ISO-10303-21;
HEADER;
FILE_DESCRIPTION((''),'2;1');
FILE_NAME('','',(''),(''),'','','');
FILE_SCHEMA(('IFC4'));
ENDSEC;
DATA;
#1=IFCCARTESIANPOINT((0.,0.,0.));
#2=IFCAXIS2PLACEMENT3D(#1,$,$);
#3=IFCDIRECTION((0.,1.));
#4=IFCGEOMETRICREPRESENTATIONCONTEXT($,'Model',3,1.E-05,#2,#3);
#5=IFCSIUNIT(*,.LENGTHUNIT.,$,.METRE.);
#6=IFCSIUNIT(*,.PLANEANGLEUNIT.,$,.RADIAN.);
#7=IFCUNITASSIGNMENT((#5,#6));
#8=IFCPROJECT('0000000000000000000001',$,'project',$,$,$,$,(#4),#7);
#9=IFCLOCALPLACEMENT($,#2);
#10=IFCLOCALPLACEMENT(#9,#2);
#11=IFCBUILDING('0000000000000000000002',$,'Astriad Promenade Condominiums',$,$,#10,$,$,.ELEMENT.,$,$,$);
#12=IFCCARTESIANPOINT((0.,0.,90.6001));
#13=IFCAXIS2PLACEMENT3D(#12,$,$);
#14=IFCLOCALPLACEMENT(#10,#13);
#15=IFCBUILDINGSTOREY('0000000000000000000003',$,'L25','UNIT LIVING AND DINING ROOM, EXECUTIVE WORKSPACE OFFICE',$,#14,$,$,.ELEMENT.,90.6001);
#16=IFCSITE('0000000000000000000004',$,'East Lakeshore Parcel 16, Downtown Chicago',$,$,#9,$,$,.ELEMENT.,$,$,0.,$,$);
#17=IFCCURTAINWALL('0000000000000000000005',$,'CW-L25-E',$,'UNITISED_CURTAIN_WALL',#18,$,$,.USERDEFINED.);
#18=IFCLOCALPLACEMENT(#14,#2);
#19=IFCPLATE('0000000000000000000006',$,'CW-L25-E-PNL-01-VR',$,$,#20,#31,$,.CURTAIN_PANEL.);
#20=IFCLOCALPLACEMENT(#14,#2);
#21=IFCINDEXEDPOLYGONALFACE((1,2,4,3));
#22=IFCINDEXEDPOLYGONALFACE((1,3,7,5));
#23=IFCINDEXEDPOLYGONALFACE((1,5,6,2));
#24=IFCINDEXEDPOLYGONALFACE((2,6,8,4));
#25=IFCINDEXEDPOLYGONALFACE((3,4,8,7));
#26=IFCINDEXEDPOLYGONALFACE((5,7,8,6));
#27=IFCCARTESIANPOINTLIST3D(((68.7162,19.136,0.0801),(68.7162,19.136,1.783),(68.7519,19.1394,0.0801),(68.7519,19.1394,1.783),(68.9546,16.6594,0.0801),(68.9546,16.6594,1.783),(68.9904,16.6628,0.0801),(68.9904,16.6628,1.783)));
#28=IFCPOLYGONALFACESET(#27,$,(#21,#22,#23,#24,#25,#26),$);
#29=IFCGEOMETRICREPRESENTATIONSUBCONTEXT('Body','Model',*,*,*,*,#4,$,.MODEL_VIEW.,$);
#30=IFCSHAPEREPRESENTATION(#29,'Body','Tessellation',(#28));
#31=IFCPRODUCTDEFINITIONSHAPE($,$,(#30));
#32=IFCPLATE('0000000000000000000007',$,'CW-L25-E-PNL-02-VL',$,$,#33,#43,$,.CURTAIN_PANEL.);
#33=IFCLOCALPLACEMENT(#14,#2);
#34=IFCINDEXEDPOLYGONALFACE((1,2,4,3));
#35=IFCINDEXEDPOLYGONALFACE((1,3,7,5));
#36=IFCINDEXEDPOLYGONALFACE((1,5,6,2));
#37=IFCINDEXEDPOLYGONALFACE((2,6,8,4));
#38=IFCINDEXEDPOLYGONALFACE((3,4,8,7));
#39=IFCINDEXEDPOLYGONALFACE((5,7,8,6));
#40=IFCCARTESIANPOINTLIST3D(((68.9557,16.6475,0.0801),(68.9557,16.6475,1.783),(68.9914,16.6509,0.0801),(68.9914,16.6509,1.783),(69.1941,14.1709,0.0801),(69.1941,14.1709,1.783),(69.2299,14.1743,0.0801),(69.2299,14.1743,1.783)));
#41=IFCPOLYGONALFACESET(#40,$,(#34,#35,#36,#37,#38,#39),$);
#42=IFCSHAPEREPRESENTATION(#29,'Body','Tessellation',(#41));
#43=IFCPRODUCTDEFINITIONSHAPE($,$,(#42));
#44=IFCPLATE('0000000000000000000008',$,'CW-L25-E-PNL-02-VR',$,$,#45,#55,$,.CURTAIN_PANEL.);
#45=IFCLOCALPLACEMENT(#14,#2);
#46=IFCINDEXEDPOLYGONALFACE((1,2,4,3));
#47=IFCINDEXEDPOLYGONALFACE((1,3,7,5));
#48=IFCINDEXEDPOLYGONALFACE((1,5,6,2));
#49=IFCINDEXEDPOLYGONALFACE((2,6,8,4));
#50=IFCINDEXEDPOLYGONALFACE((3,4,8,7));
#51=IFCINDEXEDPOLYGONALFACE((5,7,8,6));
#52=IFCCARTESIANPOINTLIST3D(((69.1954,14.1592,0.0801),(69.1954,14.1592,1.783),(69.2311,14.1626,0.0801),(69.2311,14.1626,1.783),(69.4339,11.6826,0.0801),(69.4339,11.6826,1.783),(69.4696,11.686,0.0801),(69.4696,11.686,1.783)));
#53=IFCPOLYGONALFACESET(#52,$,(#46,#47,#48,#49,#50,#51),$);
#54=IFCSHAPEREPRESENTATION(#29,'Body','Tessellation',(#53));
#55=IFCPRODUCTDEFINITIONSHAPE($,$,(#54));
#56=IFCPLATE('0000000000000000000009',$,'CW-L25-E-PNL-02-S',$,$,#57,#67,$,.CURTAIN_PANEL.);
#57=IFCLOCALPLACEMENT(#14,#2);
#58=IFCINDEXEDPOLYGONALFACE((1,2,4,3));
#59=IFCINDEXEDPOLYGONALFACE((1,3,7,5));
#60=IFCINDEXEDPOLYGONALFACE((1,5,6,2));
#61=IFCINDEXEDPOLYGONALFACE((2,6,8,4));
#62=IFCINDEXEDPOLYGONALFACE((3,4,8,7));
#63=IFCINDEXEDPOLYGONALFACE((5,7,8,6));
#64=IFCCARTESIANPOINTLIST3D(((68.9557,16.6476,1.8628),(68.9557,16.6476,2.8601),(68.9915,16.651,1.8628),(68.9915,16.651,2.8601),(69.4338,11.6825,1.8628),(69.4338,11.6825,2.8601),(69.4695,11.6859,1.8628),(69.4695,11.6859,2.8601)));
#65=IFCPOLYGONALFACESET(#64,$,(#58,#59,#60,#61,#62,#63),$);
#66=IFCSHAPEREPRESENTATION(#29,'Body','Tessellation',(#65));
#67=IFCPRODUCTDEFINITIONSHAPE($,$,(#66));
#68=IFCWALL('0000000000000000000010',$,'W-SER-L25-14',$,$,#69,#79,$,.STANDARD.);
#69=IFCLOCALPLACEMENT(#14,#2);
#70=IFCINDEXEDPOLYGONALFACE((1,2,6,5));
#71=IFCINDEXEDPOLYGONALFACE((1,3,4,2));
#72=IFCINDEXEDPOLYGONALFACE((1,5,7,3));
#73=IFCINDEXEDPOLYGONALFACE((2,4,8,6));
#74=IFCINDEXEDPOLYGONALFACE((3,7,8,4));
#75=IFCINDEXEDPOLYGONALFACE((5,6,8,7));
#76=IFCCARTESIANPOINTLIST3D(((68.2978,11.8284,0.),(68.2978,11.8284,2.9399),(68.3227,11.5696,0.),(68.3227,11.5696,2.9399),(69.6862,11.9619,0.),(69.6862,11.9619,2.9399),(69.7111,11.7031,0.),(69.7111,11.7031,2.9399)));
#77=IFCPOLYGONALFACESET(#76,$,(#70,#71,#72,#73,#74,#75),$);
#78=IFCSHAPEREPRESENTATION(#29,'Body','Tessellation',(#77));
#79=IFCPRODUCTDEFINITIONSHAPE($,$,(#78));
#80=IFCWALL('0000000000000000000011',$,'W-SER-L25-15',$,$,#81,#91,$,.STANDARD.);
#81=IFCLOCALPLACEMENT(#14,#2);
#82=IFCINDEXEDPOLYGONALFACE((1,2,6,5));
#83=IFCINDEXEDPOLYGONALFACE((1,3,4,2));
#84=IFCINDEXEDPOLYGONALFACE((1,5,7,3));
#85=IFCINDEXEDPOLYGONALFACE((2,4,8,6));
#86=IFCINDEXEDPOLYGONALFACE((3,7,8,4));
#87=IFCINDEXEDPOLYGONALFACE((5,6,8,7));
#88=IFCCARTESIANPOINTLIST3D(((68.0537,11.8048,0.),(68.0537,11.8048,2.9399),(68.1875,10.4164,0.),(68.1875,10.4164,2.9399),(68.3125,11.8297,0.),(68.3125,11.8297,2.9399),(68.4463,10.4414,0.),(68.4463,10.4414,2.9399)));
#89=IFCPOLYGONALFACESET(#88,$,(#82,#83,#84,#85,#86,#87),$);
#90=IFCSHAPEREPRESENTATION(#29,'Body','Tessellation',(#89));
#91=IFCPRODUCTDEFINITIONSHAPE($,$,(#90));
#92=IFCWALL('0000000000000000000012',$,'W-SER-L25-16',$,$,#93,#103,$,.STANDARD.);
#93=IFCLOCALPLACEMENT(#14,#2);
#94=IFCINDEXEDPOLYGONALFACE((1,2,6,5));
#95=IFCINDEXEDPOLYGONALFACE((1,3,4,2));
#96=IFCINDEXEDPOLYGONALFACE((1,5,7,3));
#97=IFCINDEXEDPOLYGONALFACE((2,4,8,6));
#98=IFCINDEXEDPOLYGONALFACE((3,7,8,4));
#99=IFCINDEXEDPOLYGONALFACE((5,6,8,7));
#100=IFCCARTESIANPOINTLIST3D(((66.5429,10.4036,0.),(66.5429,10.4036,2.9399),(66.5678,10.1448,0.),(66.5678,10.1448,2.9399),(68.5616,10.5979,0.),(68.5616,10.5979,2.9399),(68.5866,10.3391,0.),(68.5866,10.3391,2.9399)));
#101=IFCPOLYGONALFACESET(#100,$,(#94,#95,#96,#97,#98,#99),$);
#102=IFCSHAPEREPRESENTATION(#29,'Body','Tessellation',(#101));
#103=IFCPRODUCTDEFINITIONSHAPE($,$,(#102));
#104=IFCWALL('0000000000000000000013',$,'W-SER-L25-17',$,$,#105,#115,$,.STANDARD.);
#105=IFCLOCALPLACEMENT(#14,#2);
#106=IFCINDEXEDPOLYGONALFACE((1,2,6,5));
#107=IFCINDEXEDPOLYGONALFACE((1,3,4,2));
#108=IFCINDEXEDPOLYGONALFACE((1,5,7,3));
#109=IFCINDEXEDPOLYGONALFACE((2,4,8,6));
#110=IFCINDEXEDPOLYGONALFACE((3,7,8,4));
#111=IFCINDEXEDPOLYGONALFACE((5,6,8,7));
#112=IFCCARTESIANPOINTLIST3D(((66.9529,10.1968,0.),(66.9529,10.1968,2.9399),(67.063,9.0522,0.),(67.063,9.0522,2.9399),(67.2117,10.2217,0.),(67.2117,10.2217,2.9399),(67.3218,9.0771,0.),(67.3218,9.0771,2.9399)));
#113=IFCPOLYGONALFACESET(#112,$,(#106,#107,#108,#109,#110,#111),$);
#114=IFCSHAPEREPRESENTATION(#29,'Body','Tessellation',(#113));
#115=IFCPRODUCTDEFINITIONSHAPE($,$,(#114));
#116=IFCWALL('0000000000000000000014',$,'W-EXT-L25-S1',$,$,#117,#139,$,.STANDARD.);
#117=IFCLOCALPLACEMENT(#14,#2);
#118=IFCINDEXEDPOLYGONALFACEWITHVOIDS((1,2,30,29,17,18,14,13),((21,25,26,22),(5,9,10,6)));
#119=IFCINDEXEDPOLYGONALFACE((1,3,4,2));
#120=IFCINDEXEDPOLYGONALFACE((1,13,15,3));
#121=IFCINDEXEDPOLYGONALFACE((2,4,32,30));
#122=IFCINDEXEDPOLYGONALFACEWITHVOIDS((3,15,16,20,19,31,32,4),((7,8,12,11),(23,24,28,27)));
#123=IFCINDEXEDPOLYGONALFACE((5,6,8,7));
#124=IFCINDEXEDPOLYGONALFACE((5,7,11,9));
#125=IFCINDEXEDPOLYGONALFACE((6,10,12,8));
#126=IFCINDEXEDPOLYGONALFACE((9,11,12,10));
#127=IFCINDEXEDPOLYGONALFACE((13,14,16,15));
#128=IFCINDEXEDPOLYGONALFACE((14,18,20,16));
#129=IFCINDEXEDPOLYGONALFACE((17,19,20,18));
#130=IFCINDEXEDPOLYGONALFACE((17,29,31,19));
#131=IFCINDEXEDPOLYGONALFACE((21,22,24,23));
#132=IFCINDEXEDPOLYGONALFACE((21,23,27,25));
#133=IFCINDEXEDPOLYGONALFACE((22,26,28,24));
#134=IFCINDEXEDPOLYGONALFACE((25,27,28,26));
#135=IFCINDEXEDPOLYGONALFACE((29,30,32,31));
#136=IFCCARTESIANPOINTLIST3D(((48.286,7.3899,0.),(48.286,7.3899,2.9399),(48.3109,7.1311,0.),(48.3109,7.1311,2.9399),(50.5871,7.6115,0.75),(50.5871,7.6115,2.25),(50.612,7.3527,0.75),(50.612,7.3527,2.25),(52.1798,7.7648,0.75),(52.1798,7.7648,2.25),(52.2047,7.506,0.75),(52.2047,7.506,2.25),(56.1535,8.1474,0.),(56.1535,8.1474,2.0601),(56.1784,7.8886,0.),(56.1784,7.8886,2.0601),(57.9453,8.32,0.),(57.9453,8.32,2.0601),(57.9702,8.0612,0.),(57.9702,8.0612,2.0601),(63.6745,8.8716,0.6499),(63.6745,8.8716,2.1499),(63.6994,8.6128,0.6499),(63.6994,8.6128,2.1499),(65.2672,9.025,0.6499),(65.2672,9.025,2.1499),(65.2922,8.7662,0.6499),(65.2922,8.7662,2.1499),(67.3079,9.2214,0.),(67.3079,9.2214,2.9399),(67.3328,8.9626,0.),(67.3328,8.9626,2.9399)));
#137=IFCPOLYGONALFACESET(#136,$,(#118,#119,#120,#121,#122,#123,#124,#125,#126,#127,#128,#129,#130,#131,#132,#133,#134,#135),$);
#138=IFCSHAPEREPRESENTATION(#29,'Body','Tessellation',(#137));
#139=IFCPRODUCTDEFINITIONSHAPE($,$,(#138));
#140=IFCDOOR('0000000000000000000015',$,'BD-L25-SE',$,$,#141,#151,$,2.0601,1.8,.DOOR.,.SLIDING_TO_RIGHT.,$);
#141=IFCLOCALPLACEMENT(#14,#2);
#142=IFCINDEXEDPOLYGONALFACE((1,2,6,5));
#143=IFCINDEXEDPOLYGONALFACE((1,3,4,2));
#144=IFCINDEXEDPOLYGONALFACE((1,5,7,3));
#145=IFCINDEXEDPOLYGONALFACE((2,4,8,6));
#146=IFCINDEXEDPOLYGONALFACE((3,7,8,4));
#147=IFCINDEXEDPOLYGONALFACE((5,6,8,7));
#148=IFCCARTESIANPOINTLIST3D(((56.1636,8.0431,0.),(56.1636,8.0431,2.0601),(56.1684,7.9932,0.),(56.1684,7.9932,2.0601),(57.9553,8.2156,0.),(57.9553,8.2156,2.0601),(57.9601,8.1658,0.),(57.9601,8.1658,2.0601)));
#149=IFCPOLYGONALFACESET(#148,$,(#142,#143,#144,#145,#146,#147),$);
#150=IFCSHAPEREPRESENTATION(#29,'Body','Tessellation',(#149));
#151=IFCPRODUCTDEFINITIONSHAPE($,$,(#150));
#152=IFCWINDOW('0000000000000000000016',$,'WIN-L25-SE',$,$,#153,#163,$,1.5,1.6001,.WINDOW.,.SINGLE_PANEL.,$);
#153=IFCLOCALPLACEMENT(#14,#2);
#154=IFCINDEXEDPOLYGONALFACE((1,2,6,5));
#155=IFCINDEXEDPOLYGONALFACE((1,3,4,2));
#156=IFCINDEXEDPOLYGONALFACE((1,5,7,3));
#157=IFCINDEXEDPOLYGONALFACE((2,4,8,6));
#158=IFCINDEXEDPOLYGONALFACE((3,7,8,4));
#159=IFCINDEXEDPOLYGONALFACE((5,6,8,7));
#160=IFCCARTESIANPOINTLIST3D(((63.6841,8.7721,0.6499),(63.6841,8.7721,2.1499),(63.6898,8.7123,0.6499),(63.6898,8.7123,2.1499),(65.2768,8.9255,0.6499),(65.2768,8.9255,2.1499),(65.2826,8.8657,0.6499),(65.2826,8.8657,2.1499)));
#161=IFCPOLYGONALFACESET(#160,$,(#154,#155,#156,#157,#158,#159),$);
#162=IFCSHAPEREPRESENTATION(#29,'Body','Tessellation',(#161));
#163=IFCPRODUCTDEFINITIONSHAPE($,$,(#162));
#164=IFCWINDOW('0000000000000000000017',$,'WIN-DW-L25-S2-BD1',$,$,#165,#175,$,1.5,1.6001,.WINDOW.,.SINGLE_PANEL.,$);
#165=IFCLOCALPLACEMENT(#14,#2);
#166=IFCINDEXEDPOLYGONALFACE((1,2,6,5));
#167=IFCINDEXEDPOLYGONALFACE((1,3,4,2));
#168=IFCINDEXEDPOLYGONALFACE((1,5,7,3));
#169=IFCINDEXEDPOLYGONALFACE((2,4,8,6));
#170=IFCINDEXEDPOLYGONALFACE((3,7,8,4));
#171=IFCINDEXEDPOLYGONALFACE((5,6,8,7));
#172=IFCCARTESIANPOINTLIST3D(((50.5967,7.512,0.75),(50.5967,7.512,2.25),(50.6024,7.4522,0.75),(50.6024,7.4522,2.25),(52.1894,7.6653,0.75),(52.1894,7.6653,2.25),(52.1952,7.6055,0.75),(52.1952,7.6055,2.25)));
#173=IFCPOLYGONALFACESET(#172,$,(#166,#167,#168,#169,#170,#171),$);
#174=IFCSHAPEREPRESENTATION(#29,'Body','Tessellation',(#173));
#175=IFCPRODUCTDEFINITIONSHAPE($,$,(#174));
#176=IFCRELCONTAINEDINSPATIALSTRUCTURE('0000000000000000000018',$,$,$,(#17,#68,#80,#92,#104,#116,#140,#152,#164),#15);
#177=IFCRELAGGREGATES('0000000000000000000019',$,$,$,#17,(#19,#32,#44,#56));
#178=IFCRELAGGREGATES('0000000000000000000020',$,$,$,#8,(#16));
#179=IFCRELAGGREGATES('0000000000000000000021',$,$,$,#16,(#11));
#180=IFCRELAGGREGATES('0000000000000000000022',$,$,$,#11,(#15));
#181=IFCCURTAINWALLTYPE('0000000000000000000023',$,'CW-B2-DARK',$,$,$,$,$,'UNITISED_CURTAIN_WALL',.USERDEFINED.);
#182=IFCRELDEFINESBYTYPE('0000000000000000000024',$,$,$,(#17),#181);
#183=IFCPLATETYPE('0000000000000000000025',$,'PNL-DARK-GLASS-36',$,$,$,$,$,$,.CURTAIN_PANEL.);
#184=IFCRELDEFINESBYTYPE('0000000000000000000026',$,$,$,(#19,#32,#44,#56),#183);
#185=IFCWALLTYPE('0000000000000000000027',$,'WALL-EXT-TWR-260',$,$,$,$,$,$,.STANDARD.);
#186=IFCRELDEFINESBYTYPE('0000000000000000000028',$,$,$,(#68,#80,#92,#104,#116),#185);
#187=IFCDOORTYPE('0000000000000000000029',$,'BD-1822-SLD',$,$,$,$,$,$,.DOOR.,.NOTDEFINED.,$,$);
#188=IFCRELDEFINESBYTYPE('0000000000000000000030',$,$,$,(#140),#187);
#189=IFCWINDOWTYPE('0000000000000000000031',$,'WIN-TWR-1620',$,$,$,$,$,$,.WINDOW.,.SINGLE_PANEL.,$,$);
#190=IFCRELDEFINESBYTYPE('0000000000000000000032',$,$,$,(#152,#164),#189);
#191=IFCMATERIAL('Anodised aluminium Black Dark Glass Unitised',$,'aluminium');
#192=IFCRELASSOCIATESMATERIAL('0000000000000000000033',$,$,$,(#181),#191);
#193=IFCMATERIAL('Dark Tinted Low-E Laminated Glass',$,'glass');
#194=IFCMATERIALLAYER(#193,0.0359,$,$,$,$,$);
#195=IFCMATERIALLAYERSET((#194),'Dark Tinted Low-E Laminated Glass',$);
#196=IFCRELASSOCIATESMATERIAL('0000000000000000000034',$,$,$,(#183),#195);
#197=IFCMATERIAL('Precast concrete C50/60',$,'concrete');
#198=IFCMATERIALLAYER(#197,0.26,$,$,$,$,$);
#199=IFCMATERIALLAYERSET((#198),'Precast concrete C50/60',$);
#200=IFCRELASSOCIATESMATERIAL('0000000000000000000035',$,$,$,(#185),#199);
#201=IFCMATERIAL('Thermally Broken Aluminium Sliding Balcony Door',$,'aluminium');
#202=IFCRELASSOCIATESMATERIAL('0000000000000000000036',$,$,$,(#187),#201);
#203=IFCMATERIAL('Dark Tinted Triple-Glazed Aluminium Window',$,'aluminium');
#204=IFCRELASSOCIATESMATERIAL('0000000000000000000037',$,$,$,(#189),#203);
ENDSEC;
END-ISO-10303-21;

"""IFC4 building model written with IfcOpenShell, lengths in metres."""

from ifc_helpers import new_model, si_unit, direction, frame, frame_2d, origin, origin_2d, place, context, subcontext, project, spatial, rectangle, extrude, source, transform, mapped, material, layer, layer_set, type_object, type_shapes, element, fill, aggregate, save


model = new_model("IFC4")

# Units and contexts
model_context = context("Model", 3, precision=1e-05, world=origin(), true_north=direction((0.0, 1.0)))
body_context = subcontext(model_context, "Body", "Model", "MODEL_VIEW")
ifc_project = project(units=[si_unit("LENGTHUNIT", "METRE"), si_unit("PLANEANGLEUNIT", "RADIAN")], contexts=[model_context])

# Site, building, storey
site_placement = place(None, origin())
site = spatial("IfcSite", under=ifc_project, at=site_placement, Name="East Lakeshore Parcel 16, Downtown Chicago", CompositionType="ELEMENT", RefElevation=0.0)
building_placement = place(site_placement, origin())
building = spatial("IfcBuilding", under=site, at=building_placement, Name="Astriad Promenade Condominiums", CompositionType="ELEMENT")
storey_placement = place(building_placement, frame((0.0, 0.0, 90.6001)))
storey = spatial("IfcBuildingStorey", under=building, at=storey_placement, Name="L25", Description="UNIT LIVING AND DINING ROOM, EXECUTIVE WORKSPACE OFFICE", CompositionType="ELEMENT", Elevation=90.6001)

# Curtain wall, plates
ifc_material_1 = material(Name="Anodised aluminium Black Dark Glass Unitised", Category="aluminium")
curtain_wall_type = type_object("IfcCurtainWallType", Name="CW-B2-DARK", ElementType="UNITISED_CURTAIN_WALL", PredefinedType="USERDEFINED", material=ifc_material_1)
curtain_wall_placement = place(storey_placement, origin())
curtain_wall = element("IfcCurtainWall", 1, at=curtain_wall_placement, inside=storey, type_object=curtain_wall_type, Name="CW-L25-E", ObjectType="UNITISED_CURTAIN_WALL", PredefinedType="USERDEFINED")
ifc_material_2 = material(Name="Dark Tinted Low-E Laminated Glass", Category="glass")
ifc_layer_1 = layer(ifc_material_2, 0.0359)
ifc_layer_set_1 = layer_set([ifc_layer_1], Name="Dark Tinted Low-E Laminated Glass")
plate_type = type_object("IfcPlateType", Name="PNL-DARK-GLASS-36", PredefinedType="CURTAIN_PANEL", material=ifc_layer_set_1)
shared_shape_1 = source(origin(), body_context, "Body", "SweptSolid", [
    extrude(rectangle(XDim=2.488, YDim=0.0359, at=origin_2d()), origin(), (0.0, 0.0, 1.0), 1.7029),
])
plate_1_placement = place(storey_placement, frame((68.8533, 17.8994, 0.0801), z_axis=(0.0, 0.0, 1.0), x_axis=(0.095846, -0.995396, 0.0)))
plate_1 = element("IfcPlate", 2, at=plate_1_placement, type_object=plate_type, Name="CW-L25-E-PNL-01-VR", PredefinedType="CURTAIN_PANEL", context=body_context, shape_type="MappedRepresentation", body=[
    mapped(shared_shape_1, transform((0.0, 0.0, 0.0), scale=1.0)),
])
plate_2_placement = place(storey_placement, frame((69.0928, 15.4109, 0.0801), z_axis=(0.0, 0.0, 1.0), x_axis=(0.095846, -0.995396, 0.0)))
plate_2 = element("IfcPlate", 3, at=plate_2_placement, type_object=plate_type, Name="CW-L25-E-PNL-02-VL", PredefinedType="CURTAIN_PANEL", context=body_context, shape_type="MappedRepresentation", body=[
    mapped(shared_shape_1, transform((0.0, 0.0, 0.0), scale=1.0)),
])
plate_3_placement = place(storey_placement, frame((69.3325, 12.9226, 0.0801), z_axis=(0.0, 0.0, 1.0), x_axis=(0.095846, -0.995396, 0.0)))
plate_3 = element("IfcPlate", 4, at=plate_3_placement, type_object=plate_type, Name="CW-L25-E-PNL-02-VR", PredefinedType="CURTAIN_PANEL", context=body_context, shape_type="MappedRepresentation", body=[
    mapped(shared_shape_1, transform((0.0, 0.0, 0.0), scale=1.0)),
])
shared_shape_2 = source(origin(), body_context, "Body", "SweptSolid", [
    extrude(rectangle(XDim=4.988, YDim=0.0359, at=origin_2d()), origin(), (0.0, 0.0, 1.0), 0.9973),
])
type_shapes(plate_type, [shared_shape_1, shared_shape_2])
plate_4_placement = place(storey_placement, frame((69.2126, 14.1667, 1.8628), z_axis=(0.0, 0.0, 1.0), x_axis=(0.095846, -0.995396, 0.0)))
plate_4 = element("IfcPlate", 5, at=plate_4_placement, type_object=plate_type, Name="CW-L25-E-PNL-02-S", PredefinedType="CURTAIN_PANEL", context=body_context, shape_type="MappedRepresentation", body=[
    mapped(shared_shape_2, transform((0.0, 0.0, 0.0), scale=1.0)),
])
aggregate(curtain_wall, [plate_1, plate_2, plate_3, plate_4])

# Walls
ifc_material_3 = material(Name="Precast concrete C50/60", Category="concrete")
ifc_layer_2 = layer(ifc_material_3, 0.26)
ifc_layer_set_2 = layer_set([ifc_layer_2], Name="Precast concrete C50/60")
wall_type_1 = type_object("IfcWallType", Name="WALL-EXT-TWR-260", PredefinedType="STANDARD", material=ifc_layer_set_2)
for number, where, z_axis, x_axis, name in (
    (6, (69.6985, 11.8325, 0.0), (0.0, 0.0, 1.0), (-0.995406, -0.095742, 0.0), "W-SER-L25-14"),
    (7, (68.1831, 11.8171, 0.0), (0.0, 0.0, 1.0), (0.095916, -0.995389, 0.0), "W-SER-L25-15"),
):
    element("IfcWall", number, at=place(storey_placement, frame(where, z_axis=z_axis, x_axis=x_axis)), inside=storey, type_object=wall_type_1, Name=name, PredefinedType="STANDARD", context=body_context, shape_type="SweptSolid", body=[
        extrude(rectangle(XDim=1.3948, YDim=0.26, at=frame_2d((0.6973, 0.0))), origin(), (0.0, 0.0, 1.0), 2.9399),
    ])
wall_1_placement = place(storey_placement, frame((68.5742, 10.4685, 0.0), z_axis=(0.0, 0.0, 1.0), x_axis=(-0.995399, -0.09582, 0.0)))
element("IfcWall", 8, at=wall_1_placement, inside=storey, type_object=wall_type_1, Name="W-SER-L25-16", PredefinedType="STANDARD", context=body_context, shape_type="SweptSolid", body=[
    extrude(rectangle(XDim=2.0281, YDim=0.26, at=frame_2d((1.0142, 0.0))), origin(), (0.0, 0.0, 1.0), 2.9399),
])
wall_2_placement = place(storey_placement, frame((67.0823, 10.2092, 0.0), z_axis=(0.0, 0.0, 1.0), x_axis=(0.095761, -0.995404, 0.0)))
element("IfcWall", 9, at=wall_2_placement, inside=storey, type_object=wall_type_1, Name="W-SER-L25-17", PredefinedType="STANDARD", context=body_context, shape_type="SweptSolid", body=[
    extrude(rectangle(XDim=1.1499, YDim=0.26, at=frame_2d((0.575, 0.0))), origin(), (0.0, 0.0, 1.0), 2.9399),
])

# Wall, openings, door, windows
wall_3_placement = place(storey_placement, frame((67.3203, 9.092, 0.0), z_axis=(0.0, 0.0, 1.0), x_axis=(-0.995397, -0.095842, 0.0)))
wall_3 = element("IfcWall", 10, at=wall_3_placement, inside=storey, type_object=wall_type_1, Name="W-EXT-L25-S1", PredefinedType="STANDARD", context=body_context, shape_type="SweptSolid", body=[
    extrude(rectangle(XDim=19.1099, YDim=0.26, at=frame_2d((9.5549, 0.0))), origin(), (0.0, 0.0, 1.0), 2.9399),
])
opening_1_placement = place(wall_3_placement, frame((9.406, 0.0, 0.0)))
opening_1 = element("IfcOpeningElement", 11, at=opening_1_placement, cuts=wall_3, PredefinedType="OPENING", context=body_context, shape_type="SweptSolid", body=[
    extrude(rectangle(XDim=1.8, YDim=2.0601, at=frame_2d((0.8999, 1.03))), frame((0.0, 0.1399, 0.0), z_axis=(0.0, -1.0, 0.0), x_axis=(1.0, 0.0, 0.0)), (0.0, 0.0, 1.0), 0.28),
])
opening_2_placement = place(wall_3_placement, frame((2.05, 0.0, 0.6499)))
opening_2 = element("IfcOpeningElement", 12, at=opening_2_placement, cuts=wall_3, PredefinedType="OPENING", context=body_context, shape_type="SweptSolid", body=[
    extrude(rectangle(XDim=1.6001, YDim=1.5, at=frame_2d((0.8, 0.75))), frame((0.0, 0.1399, 0.0), z_axis=(0.0, -1.0, 0.0), x_axis=(1.0, 0.0, 0.0)), (0.0, 0.0, 1.0), 0.28),
])
opening_3_placement = place(wall_3_placement, frame((15.198, 0.0, 0.75)))
opening_3 = element("IfcOpeningElement", 13, at=opening_3_placement, cuts=wall_3, PredefinedType="OPENING", context=body_context, shape_type="SweptSolid", body=[
    extrude(rectangle(XDim=1.6001, YDim=1.5, at=frame_2d((0.8, 0.75))), frame((0.0, 0.1399, 0.0), z_axis=(0.0, -1.0, 0.0), x_axis=(1.0, 0.0, 0.0)), (0.0, 0.0, 1.0), 0.28),
])
ifc_material_4 = material(Name="Thermally Broken Aluminium Sliding Balcony Door", Category="aluminium")
door_type = type_object("IfcDoorType", Name="BD-1822-SLD", OperationType="NOTDEFINED", PredefinedType="DOOR", material=ifc_material_4)
shared_shape_3 = source(origin(), body_context, "Body", "SweptSolid", [
    extrude(rectangle(XDim=1.8, YDim=2.0601, at=frame_2d((0.8999, 1.03))), frame((0.0, 0.0249, 0.0), z_axis=(0.0, -1.0, 0.0), x_axis=(1.0, 0.0, 0.0)), (0.0, 0.0, 1.0), 0.05),
])
type_shapes(door_type, [shared_shape_3])
door_placement = place(opening_1_placement, origin())
door = element("IfcDoor", 14, at=door_placement, inside=storey, type_object=door_type, Name="BD-L25-SE", OperationType="SLIDING_TO_RIGHT", OverallHeight=2.0601, OverallWidth=1.8, PredefinedType="DOOR", context=body_context, shape_type="MappedRepresentation", body=[
    mapped(shared_shape_3, transform((0.0, 0.0, 0.0), scale=1.0)),
])
fill(opening_1, door)
ifc_material_5 = material(Name="Dark Tinted Triple-Glazed Aluminium Window", Category="aluminium")
window_type = type_object("IfcWindowType", Name="WIN-TWR-1620", PartitioningType="SINGLE_PANEL", PredefinedType="WINDOW", material=ifc_material_5)
shared_shape_4 = source(origin(), body_context, "Body", "SweptSolid", [
    extrude(rectangle(XDim=1.6001, YDim=1.5, at=frame_2d((0.8, 0.75))), frame((0.0, 0.03, 0.0), z_axis=(0.0, -1.0, 0.0), x_axis=(1.0, 0.0, 0.0)), (0.0, 0.0, 1.0), 0.0601),
])
type_shapes(window_type, [shared_shape_4])
window_1_placement = place(opening_2_placement, origin())
window_1 = element("IfcWindow", 15, at=window_1_placement, inside=storey, type_object=window_type, Name="WIN-L25-SE", OverallHeight=1.5, OverallWidth=1.6001, PartitioningType="SINGLE_PANEL", PredefinedType="WINDOW", context=body_context, shape_type="MappedRepresentation", body=[
    mapped(shared_shape_4, transform((0.0, 0.0, 0.0), scale=1.0)),
])
fill(opening_2, window_1)
window_2_placement = place(opening_3_placement, origin())
window_2 = element("IfcWindow", 16, at=window_2_placement, inside=storey, type_object=window_type, Name="WIN-DW-L25-S2-BD1", OverallHeight=1.5, OverallWidth=1.6001, PartitioningType="SINGLE_PANEL", PredefinedType="WINDOW", context=body_context, shape_type="MappedRepresentation", body=[
    mapped(shared_shape_4, transform((0.0, 0.0, 0.0), scale=1.0)),
])
fill(opening_3, window_2)

save(model, "model.ifc")
